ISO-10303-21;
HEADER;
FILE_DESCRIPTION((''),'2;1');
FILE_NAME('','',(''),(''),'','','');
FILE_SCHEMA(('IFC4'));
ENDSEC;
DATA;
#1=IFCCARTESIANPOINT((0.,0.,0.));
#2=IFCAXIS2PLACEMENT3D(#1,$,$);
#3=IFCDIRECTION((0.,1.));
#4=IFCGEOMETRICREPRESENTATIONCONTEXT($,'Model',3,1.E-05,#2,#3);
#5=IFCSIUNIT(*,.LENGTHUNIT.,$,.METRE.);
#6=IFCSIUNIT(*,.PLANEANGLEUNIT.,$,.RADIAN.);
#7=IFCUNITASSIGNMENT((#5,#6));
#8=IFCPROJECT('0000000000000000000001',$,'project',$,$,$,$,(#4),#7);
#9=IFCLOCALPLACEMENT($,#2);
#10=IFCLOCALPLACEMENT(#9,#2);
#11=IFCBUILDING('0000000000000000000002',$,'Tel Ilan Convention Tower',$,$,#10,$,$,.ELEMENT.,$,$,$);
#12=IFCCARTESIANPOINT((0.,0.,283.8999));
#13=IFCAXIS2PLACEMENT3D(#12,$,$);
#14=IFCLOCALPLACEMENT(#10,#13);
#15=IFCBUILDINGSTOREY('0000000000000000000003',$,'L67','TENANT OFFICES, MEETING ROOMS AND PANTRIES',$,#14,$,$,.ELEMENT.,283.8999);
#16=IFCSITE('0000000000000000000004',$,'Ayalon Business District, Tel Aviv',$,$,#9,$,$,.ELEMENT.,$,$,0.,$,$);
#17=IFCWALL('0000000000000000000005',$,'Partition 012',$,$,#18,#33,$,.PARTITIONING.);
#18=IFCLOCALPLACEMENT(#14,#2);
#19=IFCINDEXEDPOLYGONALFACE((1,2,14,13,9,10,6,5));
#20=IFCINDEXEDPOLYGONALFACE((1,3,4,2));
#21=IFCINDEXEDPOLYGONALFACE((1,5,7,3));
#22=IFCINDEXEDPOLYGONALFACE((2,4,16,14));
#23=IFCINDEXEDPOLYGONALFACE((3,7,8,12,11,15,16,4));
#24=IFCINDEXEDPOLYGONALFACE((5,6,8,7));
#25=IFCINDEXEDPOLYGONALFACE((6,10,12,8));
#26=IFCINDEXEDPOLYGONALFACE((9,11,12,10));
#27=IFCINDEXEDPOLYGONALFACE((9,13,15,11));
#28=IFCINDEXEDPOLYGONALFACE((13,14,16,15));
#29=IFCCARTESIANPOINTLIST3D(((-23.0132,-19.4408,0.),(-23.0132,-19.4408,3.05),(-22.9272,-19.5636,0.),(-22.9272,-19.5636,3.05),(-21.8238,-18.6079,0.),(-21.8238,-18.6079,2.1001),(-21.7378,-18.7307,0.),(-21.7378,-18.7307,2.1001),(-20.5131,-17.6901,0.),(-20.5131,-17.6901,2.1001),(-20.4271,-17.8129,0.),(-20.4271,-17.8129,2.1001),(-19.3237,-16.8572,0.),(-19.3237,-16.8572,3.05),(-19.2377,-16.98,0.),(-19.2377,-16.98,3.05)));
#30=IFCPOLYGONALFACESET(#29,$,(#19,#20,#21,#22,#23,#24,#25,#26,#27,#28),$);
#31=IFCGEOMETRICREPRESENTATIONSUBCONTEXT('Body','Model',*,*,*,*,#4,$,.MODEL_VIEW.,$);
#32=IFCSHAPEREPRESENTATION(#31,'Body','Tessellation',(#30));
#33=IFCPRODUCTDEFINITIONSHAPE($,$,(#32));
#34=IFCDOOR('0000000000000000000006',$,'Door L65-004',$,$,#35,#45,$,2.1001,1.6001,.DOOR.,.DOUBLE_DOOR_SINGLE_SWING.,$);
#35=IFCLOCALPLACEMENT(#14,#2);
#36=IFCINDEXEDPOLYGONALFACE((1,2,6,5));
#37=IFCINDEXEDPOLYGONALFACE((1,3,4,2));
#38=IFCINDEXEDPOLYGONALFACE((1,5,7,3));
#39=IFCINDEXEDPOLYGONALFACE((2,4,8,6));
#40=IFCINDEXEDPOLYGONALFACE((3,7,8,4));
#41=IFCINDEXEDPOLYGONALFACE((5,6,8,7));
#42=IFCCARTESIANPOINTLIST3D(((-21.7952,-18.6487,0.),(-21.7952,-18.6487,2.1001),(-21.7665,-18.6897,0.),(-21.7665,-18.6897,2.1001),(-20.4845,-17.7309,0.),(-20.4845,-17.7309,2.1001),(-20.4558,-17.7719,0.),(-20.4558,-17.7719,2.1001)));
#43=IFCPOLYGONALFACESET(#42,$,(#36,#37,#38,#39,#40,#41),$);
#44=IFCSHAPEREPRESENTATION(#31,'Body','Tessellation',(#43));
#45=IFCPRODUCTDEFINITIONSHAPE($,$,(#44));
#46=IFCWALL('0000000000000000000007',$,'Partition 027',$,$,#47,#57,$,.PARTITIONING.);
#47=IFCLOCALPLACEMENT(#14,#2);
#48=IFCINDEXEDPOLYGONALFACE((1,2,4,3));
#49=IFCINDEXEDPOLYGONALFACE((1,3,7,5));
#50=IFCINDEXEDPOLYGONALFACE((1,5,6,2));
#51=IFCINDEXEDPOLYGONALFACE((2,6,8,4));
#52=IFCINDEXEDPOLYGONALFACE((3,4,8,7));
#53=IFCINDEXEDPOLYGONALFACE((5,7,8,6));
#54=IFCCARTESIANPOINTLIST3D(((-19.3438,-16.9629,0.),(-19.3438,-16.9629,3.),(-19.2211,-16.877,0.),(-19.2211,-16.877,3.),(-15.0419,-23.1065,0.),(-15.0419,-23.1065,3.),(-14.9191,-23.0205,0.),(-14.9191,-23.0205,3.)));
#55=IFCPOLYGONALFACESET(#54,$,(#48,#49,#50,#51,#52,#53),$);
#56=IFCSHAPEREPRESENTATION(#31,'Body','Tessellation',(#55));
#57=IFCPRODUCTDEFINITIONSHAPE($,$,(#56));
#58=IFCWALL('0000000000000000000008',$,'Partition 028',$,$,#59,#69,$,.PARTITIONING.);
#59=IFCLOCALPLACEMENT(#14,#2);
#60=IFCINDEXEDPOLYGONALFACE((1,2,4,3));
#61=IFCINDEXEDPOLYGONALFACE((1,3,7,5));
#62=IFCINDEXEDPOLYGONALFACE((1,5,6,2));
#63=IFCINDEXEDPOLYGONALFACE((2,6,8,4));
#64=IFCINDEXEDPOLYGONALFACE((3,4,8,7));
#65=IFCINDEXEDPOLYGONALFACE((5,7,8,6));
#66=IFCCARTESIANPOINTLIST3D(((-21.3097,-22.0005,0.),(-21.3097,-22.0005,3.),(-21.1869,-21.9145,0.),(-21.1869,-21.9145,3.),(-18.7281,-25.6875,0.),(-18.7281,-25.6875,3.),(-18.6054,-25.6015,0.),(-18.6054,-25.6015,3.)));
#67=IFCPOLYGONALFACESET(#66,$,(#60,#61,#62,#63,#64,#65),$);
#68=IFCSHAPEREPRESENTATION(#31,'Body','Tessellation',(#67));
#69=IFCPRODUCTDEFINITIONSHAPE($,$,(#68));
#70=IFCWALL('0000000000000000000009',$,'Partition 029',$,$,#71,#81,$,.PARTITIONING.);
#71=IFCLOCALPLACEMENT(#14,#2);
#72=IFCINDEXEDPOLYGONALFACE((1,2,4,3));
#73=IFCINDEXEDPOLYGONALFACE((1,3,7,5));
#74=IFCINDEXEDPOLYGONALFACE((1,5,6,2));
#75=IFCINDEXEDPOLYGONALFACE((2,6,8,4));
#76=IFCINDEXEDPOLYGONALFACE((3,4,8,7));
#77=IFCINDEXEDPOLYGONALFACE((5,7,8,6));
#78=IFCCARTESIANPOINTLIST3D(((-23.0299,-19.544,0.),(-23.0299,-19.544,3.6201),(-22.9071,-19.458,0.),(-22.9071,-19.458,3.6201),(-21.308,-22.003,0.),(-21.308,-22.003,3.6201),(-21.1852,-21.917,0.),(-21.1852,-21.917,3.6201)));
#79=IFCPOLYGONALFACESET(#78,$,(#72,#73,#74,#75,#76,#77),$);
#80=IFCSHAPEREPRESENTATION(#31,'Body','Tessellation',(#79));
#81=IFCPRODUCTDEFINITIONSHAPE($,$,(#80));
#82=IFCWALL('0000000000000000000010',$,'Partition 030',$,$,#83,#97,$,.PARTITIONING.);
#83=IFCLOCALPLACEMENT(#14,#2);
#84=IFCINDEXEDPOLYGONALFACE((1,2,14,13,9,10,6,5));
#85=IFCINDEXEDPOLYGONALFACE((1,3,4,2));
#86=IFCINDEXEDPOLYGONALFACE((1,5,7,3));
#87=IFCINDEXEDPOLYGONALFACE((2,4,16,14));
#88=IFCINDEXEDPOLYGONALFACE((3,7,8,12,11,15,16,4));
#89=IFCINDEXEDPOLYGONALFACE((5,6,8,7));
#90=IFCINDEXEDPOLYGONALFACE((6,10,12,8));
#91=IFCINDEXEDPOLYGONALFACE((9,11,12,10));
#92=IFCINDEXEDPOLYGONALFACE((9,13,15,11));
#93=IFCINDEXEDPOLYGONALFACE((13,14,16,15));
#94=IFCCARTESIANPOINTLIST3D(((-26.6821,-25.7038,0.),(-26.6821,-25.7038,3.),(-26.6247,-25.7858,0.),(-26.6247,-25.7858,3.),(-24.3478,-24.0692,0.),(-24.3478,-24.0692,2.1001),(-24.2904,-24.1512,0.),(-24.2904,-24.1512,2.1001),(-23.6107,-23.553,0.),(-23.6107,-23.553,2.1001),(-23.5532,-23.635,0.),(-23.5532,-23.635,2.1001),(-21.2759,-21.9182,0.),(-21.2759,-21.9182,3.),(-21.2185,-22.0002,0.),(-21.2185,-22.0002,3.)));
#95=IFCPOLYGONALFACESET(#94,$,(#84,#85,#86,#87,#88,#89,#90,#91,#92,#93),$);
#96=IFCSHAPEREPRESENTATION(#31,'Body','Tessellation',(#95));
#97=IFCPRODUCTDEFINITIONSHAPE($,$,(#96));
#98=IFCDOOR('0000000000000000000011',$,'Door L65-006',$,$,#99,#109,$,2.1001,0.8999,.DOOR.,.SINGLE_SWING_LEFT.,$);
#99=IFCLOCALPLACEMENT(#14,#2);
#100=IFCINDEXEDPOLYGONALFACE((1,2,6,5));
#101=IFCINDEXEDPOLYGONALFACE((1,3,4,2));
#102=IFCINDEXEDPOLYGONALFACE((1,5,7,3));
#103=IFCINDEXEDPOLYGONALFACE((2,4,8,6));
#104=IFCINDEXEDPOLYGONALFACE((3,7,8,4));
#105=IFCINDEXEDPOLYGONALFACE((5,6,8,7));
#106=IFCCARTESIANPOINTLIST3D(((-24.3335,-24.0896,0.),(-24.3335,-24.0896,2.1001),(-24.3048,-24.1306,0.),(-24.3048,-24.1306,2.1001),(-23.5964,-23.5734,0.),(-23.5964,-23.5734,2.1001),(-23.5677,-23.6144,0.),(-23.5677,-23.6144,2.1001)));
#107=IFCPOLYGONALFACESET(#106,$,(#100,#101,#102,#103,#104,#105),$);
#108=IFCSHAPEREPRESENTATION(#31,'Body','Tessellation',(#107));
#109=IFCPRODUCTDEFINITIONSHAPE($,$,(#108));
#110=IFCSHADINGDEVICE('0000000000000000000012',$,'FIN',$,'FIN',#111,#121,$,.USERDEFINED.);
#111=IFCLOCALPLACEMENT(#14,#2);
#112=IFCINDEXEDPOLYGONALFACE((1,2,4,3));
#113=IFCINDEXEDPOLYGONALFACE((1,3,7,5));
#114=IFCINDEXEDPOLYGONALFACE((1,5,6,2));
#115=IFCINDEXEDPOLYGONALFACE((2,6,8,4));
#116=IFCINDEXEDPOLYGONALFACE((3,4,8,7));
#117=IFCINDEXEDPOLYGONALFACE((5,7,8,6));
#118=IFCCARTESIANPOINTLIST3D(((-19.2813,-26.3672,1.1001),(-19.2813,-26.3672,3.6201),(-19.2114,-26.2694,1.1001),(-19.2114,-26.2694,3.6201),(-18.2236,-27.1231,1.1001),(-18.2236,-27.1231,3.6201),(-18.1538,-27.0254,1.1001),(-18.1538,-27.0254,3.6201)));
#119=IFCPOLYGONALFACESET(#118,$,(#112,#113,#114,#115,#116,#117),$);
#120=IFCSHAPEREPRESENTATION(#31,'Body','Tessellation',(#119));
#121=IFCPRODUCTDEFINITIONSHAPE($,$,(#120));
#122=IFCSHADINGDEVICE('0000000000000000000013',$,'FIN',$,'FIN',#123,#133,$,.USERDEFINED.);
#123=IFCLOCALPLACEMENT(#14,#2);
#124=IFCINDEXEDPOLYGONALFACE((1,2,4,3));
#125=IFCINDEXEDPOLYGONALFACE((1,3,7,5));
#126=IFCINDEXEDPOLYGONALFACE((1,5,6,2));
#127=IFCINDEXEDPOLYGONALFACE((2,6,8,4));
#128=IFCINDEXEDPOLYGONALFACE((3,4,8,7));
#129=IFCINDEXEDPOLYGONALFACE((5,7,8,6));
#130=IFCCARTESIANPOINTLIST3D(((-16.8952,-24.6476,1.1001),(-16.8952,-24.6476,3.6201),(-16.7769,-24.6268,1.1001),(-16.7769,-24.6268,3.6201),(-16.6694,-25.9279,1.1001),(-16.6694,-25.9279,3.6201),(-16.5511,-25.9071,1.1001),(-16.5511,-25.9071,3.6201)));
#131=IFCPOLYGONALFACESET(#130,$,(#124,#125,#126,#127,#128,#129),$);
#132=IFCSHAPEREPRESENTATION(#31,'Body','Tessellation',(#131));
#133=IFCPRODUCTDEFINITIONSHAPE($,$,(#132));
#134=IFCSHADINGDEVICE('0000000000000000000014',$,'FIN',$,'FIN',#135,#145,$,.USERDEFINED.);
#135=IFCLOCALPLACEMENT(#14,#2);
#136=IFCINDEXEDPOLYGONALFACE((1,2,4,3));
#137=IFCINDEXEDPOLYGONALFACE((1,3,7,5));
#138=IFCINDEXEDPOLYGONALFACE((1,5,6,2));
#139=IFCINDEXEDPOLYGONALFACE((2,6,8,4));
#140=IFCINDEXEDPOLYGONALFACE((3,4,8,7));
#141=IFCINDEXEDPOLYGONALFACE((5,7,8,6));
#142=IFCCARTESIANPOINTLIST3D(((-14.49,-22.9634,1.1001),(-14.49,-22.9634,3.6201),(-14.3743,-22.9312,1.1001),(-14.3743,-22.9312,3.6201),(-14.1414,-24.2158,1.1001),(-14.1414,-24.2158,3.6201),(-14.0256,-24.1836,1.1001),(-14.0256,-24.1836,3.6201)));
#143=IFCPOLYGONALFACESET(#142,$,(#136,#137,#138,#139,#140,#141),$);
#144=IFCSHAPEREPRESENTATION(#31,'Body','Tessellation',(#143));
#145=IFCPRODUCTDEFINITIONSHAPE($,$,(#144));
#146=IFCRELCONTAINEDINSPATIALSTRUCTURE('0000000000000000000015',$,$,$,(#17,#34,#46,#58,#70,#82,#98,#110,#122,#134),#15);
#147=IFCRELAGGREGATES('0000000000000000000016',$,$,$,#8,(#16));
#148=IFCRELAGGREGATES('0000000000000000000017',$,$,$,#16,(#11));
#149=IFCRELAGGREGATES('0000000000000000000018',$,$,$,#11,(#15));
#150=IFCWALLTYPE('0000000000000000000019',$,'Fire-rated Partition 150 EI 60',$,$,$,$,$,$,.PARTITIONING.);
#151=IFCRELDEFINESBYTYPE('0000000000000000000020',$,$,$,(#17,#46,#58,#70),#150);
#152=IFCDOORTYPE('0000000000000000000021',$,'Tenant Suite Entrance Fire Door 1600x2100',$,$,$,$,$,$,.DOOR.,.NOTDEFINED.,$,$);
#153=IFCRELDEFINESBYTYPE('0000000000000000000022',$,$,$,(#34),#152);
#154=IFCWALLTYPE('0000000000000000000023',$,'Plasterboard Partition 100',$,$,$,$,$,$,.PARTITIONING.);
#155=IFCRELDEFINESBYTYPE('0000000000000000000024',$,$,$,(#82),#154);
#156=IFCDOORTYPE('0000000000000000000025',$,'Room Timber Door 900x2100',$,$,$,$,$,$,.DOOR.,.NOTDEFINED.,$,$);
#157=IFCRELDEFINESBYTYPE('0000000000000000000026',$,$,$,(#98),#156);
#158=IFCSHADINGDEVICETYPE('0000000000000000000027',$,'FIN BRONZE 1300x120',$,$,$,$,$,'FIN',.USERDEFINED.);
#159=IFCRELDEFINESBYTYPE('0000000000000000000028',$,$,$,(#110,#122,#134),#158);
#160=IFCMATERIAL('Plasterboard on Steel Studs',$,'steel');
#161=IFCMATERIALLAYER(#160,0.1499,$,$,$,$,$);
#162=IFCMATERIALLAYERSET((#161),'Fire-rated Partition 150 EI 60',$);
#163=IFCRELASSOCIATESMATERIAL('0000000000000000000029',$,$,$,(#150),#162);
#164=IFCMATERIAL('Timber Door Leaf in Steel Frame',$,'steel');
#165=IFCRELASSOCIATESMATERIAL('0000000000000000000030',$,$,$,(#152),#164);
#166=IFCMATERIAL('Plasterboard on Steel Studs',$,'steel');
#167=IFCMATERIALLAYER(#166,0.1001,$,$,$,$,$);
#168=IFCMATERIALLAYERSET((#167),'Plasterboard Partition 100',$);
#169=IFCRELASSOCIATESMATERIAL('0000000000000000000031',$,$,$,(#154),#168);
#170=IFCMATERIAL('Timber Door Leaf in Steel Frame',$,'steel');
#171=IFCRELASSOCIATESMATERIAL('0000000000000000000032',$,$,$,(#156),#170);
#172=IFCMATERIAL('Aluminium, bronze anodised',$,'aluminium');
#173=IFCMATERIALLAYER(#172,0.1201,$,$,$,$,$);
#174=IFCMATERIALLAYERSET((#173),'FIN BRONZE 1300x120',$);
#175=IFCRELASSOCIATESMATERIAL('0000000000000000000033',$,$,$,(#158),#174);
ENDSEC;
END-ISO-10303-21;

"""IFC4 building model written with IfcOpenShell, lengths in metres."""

from ifc_helpers import new_model, si_unit, direction, frame, frame_2d, origin, origin_2d, place, context, subcontext, project, spatial, rectangle, extrude, material, layer, layer_set, type_object, element, fill, save


model = new_model("IFC4")

# Units and contexts
model_context = context("Model", 3, precision=1e-05, world=origin(), true_north=direction((0.0, 1.0)))
body_context = subcontext(model_context, "Body", "Model", "MODEL_VIEW")
ifc_project = project(units=[si_unit("LENGTHUNIT", "METRE"), si_unit("PLANEANGLEUNIT", "RADIAN")], contexts=[model_context])

# Site, building, storey
site_placement = place(None, origin())
site = spatial("IfcSite", under=ifc_project, at=site_placement, Name="Ayalon Business District, Tel Aviv", CompositionType="ELEMENT", RefElevation=0.0)
building_placement = place(site_placement, origin())
building = spatial("IfcBuilding", under=site, at=building_placement, Name="Tel Ilan Convention Tower", CompositionType="ELEMENT")
storey_placement = place(building_placement, frame((0.0, 0.0, 283.8999)))
storey = spatial("IfcBuildingStorey", under=building, at=storey_placement, Name="L67", Description="TENANT OFFICES, MEETING ROOMS AND PANTRIES", CompositionType="ELEMENT", Elevation=283.8999)

# Wall, opening, door
ifc_material_1 = material(Name="Plasterboard on Steel Studs", Category="steel")
ifc_layer_1 = layer(ifc_material_1, 0.1499)
ifc_layer_set_1 = layer_set([ifc_layer_1], Name="Fire-rated Partition 150 EI 60")
wall_type_1 = type_object("IfcWallType", Name="Fire-rated Partition 150 EI 60", PredefinedType="PARTITIONING", material=ifc_layer_set_1)
ifc_material_2 = material(Name="Timber Door Leaf in Steel Frame", Category="steel")
door_type_1 = type_object("IfcDoorType", Name="Tenant Suite Entrance Fire Door 1600x2100", OperationType="NOTDEFINED", PredefinedType="DOOR", material=ifc_material_2)
wall_1_placement = place(storey_placement, frame((-19.2808, -16.9187, 0.0), z_axis=(0.0, 0.0, 1.0), x_axis=(-0.81914, -0.573593, 0.0)))
wall_1 = element("IfcWall", 1, at=wall_1_placement, inside=storey, type_object=wall_type_1, Name="Partition 012", PredefinedType="PARTITIONING", context=body_context, shape_type="SweptSolid", body=[
    extrude(rectangle(XDim=4.5042, YDim=0.1499, at=frame_2d((2.252, 0.0))), origin(), (0.0, 0.0, 1.0), 3.05),
])
opening_1_placement = place(wall_1_placement, frame((1.4519, 0.0, 0.0)))
opening_1 = element("IfcOpeningElement", 2, at=opening_1_placement, cuts=wall_1, PredefinedType="OPENING", context=body_context, shape_type="SweptSolid", body=[
    extrude(rectangle(XDim=1.6001, YDim=2.1001, at=frame_2d((0.8, 1.05))), frame((0.0, 0.085, 0.0), z_axis=(0.0, -1.0, 0.0), x_axis=(1.0, 0.0, 0.0)), (0.0, 0.0, 1.0), 0.1699),
])
door_1_placement = place(opening_1_placement, origin())
door_1 = element("IfcDoor", 3, at=door_1_placement, inside=storey, type_object=door_type_1, Name="Door L65-004", OperationType="DOUBLE_DOOR_SINGLE_SWING", OverallHeight=2.1001, OverallWidth=1.6001, PredefinedType="DOOR", context=body_context, shape_type="SweptSolid", body=[
    extrude(rectangle(XDim=1.6001, YDim=2.1001, at=frame_2d((0.8, 1.05))), frame((0.0, 0.0249, 0.0), z_axis=(0.0, -1.0, 0.0), x_axis=(1.0, 0.0, 0.0)), (0.0, 0.0, 1.0), 0.05),
])
fill(opening_1, door_1)

# Walls
wall_2_placement = place(storey_placement, frame((-14.9805, -23.0635, 0.0), z_axis=(0.0, 0.0, 1.0), x_axis=(-0.573598, 0.819137, 0.0)))
element("IfcWall", 4, at=wall_2_placement, inside=storey, type_object=wall_type_1, Name="Partition 027", PredefinedType="PARTITIONING", context=body_context, shape_type="SweptSolid", body=[
    extrude(rectangle(XDim=7.5, YDim=0.1499, at=frame_2d((3.75, 0.0))), origin(), (0.0, 0.0, 1.0), 3.0),
])
wall_3_placement = place(storey_placement, frame((-18.6667, -25.6445, 0.0), z_axis=(0.0, 0.0, 1.0), x_axis=(-0.573557, 0.819166, 0.0)))
element("IfcWall", 5, at=wall_3_placement, inside=storey, type_object=wall_type_1, Name="Partition 028", PredefinedType="PARTITIONING", context=body_context, shape_type="SweptSolid", body=[
    extrude(rectangle(XDim=4.501, YDim=0.1499, at=frame_2d((2.2505, 0.0))), origin(), (0.0, 0.0, 1.0), 3.0),
])
wall_4_placement = place(storey_placement, frame((-21.2466, -21.96, 0.0), z_axis=(0.0, 0.0, 1.0), x_axis=(-0.573604, 0.819133, 0.0)))
element("IfcWall", 6, at=wall_4_placement, inside=storey, type_object=wall_type_1, Name="Partition 029", PredefinedType="PARTITIONING", context=body_context, shape_type="SweptSolid", body=[
    extrude(rectangle(XDim=3.002, YDim=0.1499, at=frame_2d((1.501, 0.0))), origin(), (0.0, 0.0, 1.0), 3.6201),
])

# Wall, opening, door
ifc_material_3 = material(Name="Plasterboard on Steel Studs", Category="steel")
ifc_layer_2 = layer(ifc_material_3, 0.1001)
ifc_layer_set_2 = layer_set([ifc_layer_2], Name="Plasterboard Partition 100")
wall_type_2 = type_object("IfcWallType", Name="Plasterboard Partition 100", PredefinedType="PARTITIONING", material=ifc_layer_set_2)
wall_5_placement = place(storey_placement, frame((-21.2473, -21.9592, 0.0), z_axis=(0.0, 0.0, 1.0), x_axis=(-0.819142, -0.573591, 0.0)))
wall_5 = element("IfcWall", 7, at=wall_5_placement, inside=storey, type_object=wall_type_2, Name="Partition 030", PredefinedType="PARTITIONING", context=body_context, shape_type="SweptSolid", body=[
    extrude(rectangle(XDim=6.5999, YDim=0.1001, at=frame_2d((3.2998, 0.0))), origin(), (0.0, 0.0, 1.0), 3.0),
])
opening_2_placement = place(wall_5_placement, frame((2.8501, 0.0, 0.0)))
opening_2 = element("IfcOpeningElement", 8, at=opening_2_placement, cuts=wall_5, PredefinedType="OPENING", context=body_context, shape_type="SweptSolid", body=[
    extrude(rectangle(XDim=0.8999, YDim=2.1001, at=frame_2d((0.45, 1.05))), frame((0.0, 0.0601, 0.0), z_axis=(0.0, -1.0, 0.0), x_axis=(1.0, 0.0, 0.0)), (0.0, 0.0, 1.0), 0.1201),
])
ifc_material_4 = material(Name="Timber Door Leaf in Steel Frame", Category="steel")
door_type_2 = type_object("IfcDoorType", Name="Room Timber Door 900x2100", OperationType="NOTDEFINED", PredefinedType="DOOR", material=ifc_material_4)
door_2_placement = place(opening_2_placement, origin())
door_2 = element("IfcDoor", 9, at=door_2_placement, inside=storey, type_object=door_type_2, Name="Door L65-006", OperationType="SINGLE_SWING_LEFT", OverallHeight=2.1001, OverallWidth=0.8999, PredefinedType="DOOR", context=body_context, shape_type="SweptSolid", body=[
    extrude(rectangle(XDim=0.8999, YDim=2.1001, at=frame_2d((0.45, 1.05))), frame((0.0, 0.0249, 0.0), z_axis=(0.0, -1.0, 0.0), x_axis=(1.0, 0.0, 0.0)), (0.0, 0.0, 1.0), 0.05),
])
fill(opening_2, door_2)

# Shading devices
ifc_material_5 = material(Name="Aluminium, bronze anodised", Category="aluminium")
ifc_layer_3 = layer(ifc_material_5, 0.1201)
ifc_layer_set_3 = layer_set([ifc_layer_3], Name="FIN BRONZE 1300x120")
shading_device_type = type_object("IfcShadingDeviceType", Name="FIN BRONZE 1300x120", ElementType="FIN", PredefinedType="USERDEFINED", material=ifc_layer_set_3)
for number, where, z_axis, x_axis, name in (
    (10, (-18.7175, -26.6963, 1.1001), (0.0, 0.0, 1.0), (0.813552, -0.581492, 0.0), "FIN"),
    (11, (-16.7231, -25.2773, 1.1001), (0.0, 0.0, 1.0), (0.173648, -0.984808, 0.0), "FIN"),
    (12, (-14.2578, -23.5735, 1.1001), (0.0, 0.0, 1.0), (0.268173, -0.963371, 0.0), "FIN"),
):
    element("IfcShadingDevice", number, at=place(storey_placement, frame(where, z_axis=z_axis, x_axis=x_axis)), inside=storey, type_object=shading_device_type, Name=name, ObjectType="FIN", PredefinedType="USERDEFINED", context=body_context, shape_type="SweptSolid", body=[
        extrude(rectangle(XDim=1.3, YDim=0.1201, at=origin_2d()), origin(), (0.0, 0.0, 1.0), 2.52),
    ])

save(model, "model.ifc")
